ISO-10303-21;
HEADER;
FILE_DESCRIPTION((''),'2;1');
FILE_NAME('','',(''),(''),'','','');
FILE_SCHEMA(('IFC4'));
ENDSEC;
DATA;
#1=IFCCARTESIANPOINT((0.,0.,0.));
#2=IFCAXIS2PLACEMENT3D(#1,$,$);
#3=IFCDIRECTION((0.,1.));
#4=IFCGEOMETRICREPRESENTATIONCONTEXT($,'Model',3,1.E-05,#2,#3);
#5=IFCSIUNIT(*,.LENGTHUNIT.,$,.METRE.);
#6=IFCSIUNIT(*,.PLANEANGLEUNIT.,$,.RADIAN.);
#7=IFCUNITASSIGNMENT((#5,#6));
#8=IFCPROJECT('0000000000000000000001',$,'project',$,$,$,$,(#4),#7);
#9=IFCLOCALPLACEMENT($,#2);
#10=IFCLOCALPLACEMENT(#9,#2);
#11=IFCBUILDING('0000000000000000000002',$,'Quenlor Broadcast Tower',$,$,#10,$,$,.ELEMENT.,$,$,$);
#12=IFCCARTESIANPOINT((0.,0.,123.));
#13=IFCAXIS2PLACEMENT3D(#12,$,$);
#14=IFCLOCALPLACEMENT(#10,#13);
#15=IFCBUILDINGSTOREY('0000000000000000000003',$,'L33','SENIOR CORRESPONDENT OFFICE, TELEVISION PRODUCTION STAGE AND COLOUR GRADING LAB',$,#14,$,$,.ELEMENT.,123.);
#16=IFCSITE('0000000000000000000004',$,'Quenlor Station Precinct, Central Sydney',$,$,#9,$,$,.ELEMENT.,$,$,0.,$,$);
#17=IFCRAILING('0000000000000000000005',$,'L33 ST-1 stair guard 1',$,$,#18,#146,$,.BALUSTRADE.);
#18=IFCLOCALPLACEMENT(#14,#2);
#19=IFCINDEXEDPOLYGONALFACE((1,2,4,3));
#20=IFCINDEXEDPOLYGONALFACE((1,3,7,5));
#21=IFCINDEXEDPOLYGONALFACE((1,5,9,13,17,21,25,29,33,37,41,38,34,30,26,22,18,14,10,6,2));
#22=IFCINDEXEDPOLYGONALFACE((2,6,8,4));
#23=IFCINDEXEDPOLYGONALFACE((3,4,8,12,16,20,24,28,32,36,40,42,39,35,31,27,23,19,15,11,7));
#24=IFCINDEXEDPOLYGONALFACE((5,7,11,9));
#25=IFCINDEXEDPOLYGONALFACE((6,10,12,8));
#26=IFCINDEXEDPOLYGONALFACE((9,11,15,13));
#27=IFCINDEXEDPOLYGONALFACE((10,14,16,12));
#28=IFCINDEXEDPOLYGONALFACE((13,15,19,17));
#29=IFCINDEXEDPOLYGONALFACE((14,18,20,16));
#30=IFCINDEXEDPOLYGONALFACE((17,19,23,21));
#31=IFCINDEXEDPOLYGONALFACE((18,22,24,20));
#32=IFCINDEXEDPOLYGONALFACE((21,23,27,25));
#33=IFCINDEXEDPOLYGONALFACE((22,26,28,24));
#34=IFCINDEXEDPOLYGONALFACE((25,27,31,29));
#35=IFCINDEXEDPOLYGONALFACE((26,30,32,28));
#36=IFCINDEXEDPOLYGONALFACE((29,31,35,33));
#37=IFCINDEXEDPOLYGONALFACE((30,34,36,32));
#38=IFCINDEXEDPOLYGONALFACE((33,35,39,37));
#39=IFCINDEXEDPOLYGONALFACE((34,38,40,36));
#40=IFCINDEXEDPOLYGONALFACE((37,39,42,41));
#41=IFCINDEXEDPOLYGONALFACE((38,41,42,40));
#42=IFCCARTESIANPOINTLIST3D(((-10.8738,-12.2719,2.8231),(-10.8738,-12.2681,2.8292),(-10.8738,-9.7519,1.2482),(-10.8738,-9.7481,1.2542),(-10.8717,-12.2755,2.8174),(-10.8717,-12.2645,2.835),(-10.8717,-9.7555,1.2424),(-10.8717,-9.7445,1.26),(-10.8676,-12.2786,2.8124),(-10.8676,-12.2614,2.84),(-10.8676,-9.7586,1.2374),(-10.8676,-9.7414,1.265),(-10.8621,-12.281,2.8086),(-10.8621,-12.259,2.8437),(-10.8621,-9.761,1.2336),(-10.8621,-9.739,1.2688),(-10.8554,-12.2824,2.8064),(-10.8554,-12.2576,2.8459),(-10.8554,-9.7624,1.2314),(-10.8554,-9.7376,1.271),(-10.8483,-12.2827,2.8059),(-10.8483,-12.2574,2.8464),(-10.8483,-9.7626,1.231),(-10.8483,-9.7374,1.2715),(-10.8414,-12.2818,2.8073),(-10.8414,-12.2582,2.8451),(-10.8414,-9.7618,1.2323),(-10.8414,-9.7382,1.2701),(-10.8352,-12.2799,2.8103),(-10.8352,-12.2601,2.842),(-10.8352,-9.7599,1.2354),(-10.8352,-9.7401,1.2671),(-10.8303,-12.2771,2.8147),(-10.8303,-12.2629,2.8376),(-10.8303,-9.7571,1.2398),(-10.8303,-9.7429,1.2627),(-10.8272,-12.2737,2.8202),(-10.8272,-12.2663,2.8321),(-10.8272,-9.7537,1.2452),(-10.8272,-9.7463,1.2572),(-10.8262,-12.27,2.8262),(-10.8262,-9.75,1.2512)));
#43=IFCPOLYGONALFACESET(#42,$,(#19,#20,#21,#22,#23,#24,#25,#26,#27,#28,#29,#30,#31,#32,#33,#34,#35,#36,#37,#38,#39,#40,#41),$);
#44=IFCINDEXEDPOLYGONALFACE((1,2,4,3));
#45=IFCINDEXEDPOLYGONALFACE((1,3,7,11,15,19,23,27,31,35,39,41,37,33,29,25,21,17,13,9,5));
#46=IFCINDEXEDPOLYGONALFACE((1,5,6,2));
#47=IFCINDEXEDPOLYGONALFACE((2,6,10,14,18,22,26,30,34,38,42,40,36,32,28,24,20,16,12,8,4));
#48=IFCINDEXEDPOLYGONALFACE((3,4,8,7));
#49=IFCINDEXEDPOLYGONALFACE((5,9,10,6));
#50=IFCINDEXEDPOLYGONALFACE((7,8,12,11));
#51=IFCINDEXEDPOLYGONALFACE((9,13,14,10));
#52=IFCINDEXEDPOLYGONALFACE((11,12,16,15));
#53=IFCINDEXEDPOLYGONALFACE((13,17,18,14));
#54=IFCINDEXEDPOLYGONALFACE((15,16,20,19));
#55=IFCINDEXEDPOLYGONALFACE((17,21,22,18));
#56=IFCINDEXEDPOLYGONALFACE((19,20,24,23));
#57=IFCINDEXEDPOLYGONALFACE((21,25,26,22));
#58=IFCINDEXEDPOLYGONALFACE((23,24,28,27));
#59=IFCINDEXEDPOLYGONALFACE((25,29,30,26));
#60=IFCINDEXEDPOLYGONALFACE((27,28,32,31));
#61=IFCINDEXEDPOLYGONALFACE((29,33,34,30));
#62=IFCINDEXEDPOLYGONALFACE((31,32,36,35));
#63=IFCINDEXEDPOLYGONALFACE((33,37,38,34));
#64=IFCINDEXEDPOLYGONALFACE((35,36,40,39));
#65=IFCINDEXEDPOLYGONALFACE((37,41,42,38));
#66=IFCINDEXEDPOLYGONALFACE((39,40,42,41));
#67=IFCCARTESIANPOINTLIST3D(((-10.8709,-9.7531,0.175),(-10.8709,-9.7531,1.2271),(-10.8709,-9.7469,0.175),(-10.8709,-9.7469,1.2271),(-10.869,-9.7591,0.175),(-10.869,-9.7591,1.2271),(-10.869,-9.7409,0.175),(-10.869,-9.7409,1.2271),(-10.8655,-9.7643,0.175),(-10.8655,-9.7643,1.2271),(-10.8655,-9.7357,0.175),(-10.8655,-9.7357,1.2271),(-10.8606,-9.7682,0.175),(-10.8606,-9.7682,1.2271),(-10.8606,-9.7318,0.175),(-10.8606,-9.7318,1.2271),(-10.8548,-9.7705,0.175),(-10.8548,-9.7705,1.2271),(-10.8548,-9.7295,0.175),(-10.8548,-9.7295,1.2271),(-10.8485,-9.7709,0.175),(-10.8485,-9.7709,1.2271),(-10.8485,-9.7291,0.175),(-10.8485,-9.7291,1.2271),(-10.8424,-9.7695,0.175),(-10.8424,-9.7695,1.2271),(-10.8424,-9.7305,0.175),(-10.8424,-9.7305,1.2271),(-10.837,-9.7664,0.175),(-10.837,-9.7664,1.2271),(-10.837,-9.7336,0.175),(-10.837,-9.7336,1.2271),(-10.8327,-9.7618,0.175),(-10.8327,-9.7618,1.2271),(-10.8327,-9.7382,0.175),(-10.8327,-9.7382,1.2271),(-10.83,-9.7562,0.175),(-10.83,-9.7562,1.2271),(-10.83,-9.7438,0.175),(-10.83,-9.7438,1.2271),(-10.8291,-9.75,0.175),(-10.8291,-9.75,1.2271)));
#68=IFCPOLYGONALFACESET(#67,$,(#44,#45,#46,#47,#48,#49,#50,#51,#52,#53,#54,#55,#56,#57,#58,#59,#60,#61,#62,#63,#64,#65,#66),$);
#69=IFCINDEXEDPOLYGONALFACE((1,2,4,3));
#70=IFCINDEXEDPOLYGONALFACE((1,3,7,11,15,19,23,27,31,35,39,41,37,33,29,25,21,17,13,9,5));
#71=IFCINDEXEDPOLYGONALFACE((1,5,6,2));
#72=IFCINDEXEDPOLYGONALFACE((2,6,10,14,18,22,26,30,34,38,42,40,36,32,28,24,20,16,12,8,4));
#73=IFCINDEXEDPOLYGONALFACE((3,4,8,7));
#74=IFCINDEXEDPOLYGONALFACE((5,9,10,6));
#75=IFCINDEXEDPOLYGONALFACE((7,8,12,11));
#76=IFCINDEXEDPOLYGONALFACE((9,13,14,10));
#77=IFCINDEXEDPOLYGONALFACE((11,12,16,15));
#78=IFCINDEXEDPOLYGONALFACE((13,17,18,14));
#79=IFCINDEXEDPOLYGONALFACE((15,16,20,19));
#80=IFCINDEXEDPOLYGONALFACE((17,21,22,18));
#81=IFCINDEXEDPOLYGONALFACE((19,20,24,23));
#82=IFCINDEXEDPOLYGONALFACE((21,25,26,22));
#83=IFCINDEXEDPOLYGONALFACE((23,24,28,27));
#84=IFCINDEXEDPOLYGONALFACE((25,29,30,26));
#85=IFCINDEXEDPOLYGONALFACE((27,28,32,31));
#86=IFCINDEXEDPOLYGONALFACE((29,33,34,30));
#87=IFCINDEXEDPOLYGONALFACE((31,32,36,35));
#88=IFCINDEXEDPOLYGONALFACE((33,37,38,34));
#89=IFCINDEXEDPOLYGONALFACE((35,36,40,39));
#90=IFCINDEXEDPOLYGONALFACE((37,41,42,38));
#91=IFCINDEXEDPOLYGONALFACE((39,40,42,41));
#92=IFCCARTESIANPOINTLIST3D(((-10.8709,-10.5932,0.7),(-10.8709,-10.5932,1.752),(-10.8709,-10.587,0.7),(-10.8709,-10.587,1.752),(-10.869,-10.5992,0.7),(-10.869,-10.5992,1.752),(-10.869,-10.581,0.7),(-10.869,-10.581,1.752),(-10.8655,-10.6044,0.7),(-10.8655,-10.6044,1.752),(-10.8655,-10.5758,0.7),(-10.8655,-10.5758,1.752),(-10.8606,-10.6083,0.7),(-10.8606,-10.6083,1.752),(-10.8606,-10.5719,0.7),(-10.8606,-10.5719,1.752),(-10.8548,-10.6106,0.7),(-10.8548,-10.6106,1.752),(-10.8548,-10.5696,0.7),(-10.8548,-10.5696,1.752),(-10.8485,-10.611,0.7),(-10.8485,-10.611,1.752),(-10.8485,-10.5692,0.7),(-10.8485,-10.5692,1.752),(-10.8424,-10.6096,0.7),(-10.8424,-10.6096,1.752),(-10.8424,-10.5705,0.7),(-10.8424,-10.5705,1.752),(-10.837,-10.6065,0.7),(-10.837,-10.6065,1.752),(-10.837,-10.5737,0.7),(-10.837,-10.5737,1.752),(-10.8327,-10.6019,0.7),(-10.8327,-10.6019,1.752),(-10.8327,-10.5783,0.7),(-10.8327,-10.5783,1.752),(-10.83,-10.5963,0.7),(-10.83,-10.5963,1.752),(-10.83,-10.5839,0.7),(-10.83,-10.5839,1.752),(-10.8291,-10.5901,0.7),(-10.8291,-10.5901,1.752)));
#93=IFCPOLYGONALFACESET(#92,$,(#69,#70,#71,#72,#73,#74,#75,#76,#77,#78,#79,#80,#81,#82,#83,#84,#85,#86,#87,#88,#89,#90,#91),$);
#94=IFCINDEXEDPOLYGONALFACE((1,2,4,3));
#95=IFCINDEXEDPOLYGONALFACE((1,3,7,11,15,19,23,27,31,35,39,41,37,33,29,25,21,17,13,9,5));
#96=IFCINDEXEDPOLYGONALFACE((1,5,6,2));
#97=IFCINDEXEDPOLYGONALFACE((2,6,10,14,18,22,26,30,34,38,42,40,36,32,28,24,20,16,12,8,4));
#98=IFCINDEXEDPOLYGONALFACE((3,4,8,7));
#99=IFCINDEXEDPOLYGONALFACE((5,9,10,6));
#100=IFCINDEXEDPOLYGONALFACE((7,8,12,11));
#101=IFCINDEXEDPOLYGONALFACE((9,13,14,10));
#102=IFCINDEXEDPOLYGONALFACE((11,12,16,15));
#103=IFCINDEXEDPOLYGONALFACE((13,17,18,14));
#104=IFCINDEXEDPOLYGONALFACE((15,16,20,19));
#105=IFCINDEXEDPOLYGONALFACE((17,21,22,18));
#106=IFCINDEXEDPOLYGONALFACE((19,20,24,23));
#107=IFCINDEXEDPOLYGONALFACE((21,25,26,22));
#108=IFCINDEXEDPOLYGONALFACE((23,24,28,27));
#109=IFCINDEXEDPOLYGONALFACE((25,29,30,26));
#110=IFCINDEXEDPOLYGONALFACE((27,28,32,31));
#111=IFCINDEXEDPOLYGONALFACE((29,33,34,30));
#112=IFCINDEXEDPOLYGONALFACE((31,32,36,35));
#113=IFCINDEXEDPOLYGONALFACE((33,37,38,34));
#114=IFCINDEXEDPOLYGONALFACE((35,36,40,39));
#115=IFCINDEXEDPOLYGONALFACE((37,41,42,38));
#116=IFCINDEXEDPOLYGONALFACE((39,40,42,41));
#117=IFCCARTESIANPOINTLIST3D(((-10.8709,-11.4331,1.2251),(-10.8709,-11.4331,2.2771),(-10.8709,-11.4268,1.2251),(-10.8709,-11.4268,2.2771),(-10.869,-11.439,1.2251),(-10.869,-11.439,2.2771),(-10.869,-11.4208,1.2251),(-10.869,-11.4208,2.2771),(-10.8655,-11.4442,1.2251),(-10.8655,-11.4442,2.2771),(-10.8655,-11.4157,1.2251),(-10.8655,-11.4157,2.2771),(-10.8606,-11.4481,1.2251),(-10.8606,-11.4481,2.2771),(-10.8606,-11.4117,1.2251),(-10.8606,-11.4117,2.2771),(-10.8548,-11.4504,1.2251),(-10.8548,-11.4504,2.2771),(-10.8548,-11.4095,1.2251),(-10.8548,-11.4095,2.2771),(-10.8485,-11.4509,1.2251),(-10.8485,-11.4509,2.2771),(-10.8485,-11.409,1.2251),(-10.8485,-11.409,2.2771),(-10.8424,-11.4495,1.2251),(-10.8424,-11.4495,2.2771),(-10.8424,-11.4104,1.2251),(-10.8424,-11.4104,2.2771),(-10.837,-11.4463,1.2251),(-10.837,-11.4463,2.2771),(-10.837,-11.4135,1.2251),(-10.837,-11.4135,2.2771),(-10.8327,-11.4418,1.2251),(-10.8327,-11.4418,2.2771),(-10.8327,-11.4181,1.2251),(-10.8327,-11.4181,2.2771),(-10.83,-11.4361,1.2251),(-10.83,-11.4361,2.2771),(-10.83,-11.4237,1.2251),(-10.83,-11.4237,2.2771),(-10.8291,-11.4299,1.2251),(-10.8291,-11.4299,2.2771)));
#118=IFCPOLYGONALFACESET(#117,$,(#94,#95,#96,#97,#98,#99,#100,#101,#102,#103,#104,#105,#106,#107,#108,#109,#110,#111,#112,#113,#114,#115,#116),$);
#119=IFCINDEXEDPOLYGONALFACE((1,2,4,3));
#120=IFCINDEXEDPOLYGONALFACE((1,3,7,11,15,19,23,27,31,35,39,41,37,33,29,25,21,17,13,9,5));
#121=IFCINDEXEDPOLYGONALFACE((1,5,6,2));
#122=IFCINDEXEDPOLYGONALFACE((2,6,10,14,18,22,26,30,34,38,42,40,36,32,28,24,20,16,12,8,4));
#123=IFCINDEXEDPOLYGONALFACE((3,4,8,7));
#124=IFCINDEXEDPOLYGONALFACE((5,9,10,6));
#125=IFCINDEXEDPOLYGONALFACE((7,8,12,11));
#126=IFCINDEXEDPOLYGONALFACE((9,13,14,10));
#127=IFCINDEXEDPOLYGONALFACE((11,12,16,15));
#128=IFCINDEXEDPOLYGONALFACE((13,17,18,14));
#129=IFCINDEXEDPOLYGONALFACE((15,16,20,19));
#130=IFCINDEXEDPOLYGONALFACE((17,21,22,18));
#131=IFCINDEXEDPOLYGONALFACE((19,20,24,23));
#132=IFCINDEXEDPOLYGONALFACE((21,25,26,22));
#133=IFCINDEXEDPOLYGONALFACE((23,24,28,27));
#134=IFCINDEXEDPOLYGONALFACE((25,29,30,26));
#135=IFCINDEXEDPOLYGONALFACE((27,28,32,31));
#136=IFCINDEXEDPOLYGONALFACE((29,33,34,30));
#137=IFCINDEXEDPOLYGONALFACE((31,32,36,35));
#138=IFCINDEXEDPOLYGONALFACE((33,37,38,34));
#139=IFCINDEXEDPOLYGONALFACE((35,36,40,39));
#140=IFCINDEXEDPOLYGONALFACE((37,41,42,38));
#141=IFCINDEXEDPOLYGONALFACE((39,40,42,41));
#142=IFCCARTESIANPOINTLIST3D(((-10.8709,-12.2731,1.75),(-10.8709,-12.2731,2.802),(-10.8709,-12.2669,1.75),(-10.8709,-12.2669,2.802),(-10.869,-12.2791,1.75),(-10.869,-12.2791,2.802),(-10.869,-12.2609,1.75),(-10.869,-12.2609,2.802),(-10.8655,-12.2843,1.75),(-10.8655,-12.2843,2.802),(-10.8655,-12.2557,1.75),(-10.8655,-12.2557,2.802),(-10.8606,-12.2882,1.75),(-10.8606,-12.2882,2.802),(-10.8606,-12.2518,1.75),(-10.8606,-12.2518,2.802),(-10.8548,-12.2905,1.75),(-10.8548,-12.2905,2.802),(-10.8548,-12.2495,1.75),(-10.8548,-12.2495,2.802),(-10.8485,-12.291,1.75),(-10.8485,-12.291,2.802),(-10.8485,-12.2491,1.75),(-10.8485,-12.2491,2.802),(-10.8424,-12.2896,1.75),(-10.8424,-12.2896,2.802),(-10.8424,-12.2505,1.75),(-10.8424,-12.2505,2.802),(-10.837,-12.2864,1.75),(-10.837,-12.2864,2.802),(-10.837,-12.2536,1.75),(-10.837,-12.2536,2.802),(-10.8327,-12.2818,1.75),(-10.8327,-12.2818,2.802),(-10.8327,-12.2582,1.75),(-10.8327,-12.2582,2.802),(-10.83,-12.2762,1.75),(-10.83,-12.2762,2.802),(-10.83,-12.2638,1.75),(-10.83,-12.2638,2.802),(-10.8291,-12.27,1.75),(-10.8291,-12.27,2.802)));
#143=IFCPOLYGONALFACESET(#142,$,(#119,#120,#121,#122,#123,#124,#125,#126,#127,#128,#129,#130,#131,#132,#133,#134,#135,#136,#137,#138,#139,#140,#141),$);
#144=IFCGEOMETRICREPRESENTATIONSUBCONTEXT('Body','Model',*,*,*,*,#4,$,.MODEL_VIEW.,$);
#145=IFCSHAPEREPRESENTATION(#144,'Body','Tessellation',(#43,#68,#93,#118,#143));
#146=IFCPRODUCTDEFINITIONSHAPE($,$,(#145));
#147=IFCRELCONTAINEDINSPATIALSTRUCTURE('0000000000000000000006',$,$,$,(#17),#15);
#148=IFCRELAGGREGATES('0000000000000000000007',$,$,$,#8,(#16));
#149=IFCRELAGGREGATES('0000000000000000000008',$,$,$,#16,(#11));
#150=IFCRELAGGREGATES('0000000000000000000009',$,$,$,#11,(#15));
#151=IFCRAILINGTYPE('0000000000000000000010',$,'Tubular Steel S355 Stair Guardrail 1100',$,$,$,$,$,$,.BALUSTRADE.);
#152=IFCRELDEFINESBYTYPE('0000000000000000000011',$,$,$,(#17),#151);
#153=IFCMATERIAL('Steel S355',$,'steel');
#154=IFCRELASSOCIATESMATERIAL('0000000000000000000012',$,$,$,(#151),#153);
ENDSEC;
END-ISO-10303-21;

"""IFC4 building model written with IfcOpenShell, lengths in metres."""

from ifc_helpers import new_model, si_unit, direction, frame, origin, origin_2d, place, context, subcontext, project, spatial, circle, extrude, material, type_object, element, save


model = new_model("IFC4")

# Units and contexts
model_context = context("Model", 3, precision=1e-05, world=origin(), true_north=direction((0.0, 1.0)))
body_context = subcontext(model_context, "Body", "Model", "MODEL_VIEW")
ifc_project = project(units=[si_unit("LENGTHUNIT", "METRE"), si_unit("PLANEANGLEUNIT", "RADIAN")], contexts=[model_context])

# Site, building, storey
site_placement = place(None, origin())
site = spatial("IfcSite", under=ifc_project, at=site_placement, Name="Quenlor Station Precinct, Central Sydney", CompositionType="ELEMENT", RefElevation=0.0)
building_placement = place(site_placement, origin())
building = spatial("IfcBuilding", under=site, at=building_placement, Name="Quenlor Broadcast Tower", CompositionType="ELEMENT")
storey_placement = place(building_placement, frame((0.0, 0.0, 123.0)))
storey = spatial("IfcBuildingStorey", under=building, at=storey_placement, Name="L33", Description="SENIOR CORRESPONDENT OFFICE, TELEVISION PRODUCTION STAGE AND COLOUR GRADING LAB", CompositionType="ELEMENT", Elevation=123.0)

# Railing
ifc_material_1 = material(Name="Steel S355", Category="steel")
railing_type_1 = type_object("IfcRailingType", Name="Tubular Steel S355 Stair Guardrail 1100", PredefinedType="BALUSTRADE", material=ifc_material_1)
railing_1_placement = place(storey_placement, frame((-10.8501, -9.75, 0.175)))
element("IfcRailing", 1, at=railing_1_placement, inside=storey, type_object=railing_type_1, Name="L33 ST-1 stair guard 1", PredefinedType="BALUSTRADE", context=body_context, shape_type="SweptSolid", body=[
    extrude(circle(Radius=0.0239, at=origin_2d()), frame((0.0, 0.0, 1.0762), z_axis=(0.0, -0.848008, 0.529984), x_axis=(1.0, 0.0, 0.0)), (0.0, 0.0, 1.0), 2.9717),
    extrude(circle(Radius=0.021, at=origin_2d()), origin(), (0.0, 0.0, 1.0), 1.052),
    extrude(circle(Radius=0.021, at=origin_2d()), frame((0.0, -0.8401, 0.5249)), (0.0, 0.0, 1.0), 1.052),
    extrude(circle(Radius=0.021, at=origin_2d()), frame((0.0, -1.6799, 1.05)), (0.0, 0.0, 1.0), 1.052),
    extrude(circle(Radius=0.021, at=origin_2d()), frame((0.0, -2.52, 1.575)), (0.0, 0.0, 1.0), 1.052),
])

save(model, "model.ifc")
